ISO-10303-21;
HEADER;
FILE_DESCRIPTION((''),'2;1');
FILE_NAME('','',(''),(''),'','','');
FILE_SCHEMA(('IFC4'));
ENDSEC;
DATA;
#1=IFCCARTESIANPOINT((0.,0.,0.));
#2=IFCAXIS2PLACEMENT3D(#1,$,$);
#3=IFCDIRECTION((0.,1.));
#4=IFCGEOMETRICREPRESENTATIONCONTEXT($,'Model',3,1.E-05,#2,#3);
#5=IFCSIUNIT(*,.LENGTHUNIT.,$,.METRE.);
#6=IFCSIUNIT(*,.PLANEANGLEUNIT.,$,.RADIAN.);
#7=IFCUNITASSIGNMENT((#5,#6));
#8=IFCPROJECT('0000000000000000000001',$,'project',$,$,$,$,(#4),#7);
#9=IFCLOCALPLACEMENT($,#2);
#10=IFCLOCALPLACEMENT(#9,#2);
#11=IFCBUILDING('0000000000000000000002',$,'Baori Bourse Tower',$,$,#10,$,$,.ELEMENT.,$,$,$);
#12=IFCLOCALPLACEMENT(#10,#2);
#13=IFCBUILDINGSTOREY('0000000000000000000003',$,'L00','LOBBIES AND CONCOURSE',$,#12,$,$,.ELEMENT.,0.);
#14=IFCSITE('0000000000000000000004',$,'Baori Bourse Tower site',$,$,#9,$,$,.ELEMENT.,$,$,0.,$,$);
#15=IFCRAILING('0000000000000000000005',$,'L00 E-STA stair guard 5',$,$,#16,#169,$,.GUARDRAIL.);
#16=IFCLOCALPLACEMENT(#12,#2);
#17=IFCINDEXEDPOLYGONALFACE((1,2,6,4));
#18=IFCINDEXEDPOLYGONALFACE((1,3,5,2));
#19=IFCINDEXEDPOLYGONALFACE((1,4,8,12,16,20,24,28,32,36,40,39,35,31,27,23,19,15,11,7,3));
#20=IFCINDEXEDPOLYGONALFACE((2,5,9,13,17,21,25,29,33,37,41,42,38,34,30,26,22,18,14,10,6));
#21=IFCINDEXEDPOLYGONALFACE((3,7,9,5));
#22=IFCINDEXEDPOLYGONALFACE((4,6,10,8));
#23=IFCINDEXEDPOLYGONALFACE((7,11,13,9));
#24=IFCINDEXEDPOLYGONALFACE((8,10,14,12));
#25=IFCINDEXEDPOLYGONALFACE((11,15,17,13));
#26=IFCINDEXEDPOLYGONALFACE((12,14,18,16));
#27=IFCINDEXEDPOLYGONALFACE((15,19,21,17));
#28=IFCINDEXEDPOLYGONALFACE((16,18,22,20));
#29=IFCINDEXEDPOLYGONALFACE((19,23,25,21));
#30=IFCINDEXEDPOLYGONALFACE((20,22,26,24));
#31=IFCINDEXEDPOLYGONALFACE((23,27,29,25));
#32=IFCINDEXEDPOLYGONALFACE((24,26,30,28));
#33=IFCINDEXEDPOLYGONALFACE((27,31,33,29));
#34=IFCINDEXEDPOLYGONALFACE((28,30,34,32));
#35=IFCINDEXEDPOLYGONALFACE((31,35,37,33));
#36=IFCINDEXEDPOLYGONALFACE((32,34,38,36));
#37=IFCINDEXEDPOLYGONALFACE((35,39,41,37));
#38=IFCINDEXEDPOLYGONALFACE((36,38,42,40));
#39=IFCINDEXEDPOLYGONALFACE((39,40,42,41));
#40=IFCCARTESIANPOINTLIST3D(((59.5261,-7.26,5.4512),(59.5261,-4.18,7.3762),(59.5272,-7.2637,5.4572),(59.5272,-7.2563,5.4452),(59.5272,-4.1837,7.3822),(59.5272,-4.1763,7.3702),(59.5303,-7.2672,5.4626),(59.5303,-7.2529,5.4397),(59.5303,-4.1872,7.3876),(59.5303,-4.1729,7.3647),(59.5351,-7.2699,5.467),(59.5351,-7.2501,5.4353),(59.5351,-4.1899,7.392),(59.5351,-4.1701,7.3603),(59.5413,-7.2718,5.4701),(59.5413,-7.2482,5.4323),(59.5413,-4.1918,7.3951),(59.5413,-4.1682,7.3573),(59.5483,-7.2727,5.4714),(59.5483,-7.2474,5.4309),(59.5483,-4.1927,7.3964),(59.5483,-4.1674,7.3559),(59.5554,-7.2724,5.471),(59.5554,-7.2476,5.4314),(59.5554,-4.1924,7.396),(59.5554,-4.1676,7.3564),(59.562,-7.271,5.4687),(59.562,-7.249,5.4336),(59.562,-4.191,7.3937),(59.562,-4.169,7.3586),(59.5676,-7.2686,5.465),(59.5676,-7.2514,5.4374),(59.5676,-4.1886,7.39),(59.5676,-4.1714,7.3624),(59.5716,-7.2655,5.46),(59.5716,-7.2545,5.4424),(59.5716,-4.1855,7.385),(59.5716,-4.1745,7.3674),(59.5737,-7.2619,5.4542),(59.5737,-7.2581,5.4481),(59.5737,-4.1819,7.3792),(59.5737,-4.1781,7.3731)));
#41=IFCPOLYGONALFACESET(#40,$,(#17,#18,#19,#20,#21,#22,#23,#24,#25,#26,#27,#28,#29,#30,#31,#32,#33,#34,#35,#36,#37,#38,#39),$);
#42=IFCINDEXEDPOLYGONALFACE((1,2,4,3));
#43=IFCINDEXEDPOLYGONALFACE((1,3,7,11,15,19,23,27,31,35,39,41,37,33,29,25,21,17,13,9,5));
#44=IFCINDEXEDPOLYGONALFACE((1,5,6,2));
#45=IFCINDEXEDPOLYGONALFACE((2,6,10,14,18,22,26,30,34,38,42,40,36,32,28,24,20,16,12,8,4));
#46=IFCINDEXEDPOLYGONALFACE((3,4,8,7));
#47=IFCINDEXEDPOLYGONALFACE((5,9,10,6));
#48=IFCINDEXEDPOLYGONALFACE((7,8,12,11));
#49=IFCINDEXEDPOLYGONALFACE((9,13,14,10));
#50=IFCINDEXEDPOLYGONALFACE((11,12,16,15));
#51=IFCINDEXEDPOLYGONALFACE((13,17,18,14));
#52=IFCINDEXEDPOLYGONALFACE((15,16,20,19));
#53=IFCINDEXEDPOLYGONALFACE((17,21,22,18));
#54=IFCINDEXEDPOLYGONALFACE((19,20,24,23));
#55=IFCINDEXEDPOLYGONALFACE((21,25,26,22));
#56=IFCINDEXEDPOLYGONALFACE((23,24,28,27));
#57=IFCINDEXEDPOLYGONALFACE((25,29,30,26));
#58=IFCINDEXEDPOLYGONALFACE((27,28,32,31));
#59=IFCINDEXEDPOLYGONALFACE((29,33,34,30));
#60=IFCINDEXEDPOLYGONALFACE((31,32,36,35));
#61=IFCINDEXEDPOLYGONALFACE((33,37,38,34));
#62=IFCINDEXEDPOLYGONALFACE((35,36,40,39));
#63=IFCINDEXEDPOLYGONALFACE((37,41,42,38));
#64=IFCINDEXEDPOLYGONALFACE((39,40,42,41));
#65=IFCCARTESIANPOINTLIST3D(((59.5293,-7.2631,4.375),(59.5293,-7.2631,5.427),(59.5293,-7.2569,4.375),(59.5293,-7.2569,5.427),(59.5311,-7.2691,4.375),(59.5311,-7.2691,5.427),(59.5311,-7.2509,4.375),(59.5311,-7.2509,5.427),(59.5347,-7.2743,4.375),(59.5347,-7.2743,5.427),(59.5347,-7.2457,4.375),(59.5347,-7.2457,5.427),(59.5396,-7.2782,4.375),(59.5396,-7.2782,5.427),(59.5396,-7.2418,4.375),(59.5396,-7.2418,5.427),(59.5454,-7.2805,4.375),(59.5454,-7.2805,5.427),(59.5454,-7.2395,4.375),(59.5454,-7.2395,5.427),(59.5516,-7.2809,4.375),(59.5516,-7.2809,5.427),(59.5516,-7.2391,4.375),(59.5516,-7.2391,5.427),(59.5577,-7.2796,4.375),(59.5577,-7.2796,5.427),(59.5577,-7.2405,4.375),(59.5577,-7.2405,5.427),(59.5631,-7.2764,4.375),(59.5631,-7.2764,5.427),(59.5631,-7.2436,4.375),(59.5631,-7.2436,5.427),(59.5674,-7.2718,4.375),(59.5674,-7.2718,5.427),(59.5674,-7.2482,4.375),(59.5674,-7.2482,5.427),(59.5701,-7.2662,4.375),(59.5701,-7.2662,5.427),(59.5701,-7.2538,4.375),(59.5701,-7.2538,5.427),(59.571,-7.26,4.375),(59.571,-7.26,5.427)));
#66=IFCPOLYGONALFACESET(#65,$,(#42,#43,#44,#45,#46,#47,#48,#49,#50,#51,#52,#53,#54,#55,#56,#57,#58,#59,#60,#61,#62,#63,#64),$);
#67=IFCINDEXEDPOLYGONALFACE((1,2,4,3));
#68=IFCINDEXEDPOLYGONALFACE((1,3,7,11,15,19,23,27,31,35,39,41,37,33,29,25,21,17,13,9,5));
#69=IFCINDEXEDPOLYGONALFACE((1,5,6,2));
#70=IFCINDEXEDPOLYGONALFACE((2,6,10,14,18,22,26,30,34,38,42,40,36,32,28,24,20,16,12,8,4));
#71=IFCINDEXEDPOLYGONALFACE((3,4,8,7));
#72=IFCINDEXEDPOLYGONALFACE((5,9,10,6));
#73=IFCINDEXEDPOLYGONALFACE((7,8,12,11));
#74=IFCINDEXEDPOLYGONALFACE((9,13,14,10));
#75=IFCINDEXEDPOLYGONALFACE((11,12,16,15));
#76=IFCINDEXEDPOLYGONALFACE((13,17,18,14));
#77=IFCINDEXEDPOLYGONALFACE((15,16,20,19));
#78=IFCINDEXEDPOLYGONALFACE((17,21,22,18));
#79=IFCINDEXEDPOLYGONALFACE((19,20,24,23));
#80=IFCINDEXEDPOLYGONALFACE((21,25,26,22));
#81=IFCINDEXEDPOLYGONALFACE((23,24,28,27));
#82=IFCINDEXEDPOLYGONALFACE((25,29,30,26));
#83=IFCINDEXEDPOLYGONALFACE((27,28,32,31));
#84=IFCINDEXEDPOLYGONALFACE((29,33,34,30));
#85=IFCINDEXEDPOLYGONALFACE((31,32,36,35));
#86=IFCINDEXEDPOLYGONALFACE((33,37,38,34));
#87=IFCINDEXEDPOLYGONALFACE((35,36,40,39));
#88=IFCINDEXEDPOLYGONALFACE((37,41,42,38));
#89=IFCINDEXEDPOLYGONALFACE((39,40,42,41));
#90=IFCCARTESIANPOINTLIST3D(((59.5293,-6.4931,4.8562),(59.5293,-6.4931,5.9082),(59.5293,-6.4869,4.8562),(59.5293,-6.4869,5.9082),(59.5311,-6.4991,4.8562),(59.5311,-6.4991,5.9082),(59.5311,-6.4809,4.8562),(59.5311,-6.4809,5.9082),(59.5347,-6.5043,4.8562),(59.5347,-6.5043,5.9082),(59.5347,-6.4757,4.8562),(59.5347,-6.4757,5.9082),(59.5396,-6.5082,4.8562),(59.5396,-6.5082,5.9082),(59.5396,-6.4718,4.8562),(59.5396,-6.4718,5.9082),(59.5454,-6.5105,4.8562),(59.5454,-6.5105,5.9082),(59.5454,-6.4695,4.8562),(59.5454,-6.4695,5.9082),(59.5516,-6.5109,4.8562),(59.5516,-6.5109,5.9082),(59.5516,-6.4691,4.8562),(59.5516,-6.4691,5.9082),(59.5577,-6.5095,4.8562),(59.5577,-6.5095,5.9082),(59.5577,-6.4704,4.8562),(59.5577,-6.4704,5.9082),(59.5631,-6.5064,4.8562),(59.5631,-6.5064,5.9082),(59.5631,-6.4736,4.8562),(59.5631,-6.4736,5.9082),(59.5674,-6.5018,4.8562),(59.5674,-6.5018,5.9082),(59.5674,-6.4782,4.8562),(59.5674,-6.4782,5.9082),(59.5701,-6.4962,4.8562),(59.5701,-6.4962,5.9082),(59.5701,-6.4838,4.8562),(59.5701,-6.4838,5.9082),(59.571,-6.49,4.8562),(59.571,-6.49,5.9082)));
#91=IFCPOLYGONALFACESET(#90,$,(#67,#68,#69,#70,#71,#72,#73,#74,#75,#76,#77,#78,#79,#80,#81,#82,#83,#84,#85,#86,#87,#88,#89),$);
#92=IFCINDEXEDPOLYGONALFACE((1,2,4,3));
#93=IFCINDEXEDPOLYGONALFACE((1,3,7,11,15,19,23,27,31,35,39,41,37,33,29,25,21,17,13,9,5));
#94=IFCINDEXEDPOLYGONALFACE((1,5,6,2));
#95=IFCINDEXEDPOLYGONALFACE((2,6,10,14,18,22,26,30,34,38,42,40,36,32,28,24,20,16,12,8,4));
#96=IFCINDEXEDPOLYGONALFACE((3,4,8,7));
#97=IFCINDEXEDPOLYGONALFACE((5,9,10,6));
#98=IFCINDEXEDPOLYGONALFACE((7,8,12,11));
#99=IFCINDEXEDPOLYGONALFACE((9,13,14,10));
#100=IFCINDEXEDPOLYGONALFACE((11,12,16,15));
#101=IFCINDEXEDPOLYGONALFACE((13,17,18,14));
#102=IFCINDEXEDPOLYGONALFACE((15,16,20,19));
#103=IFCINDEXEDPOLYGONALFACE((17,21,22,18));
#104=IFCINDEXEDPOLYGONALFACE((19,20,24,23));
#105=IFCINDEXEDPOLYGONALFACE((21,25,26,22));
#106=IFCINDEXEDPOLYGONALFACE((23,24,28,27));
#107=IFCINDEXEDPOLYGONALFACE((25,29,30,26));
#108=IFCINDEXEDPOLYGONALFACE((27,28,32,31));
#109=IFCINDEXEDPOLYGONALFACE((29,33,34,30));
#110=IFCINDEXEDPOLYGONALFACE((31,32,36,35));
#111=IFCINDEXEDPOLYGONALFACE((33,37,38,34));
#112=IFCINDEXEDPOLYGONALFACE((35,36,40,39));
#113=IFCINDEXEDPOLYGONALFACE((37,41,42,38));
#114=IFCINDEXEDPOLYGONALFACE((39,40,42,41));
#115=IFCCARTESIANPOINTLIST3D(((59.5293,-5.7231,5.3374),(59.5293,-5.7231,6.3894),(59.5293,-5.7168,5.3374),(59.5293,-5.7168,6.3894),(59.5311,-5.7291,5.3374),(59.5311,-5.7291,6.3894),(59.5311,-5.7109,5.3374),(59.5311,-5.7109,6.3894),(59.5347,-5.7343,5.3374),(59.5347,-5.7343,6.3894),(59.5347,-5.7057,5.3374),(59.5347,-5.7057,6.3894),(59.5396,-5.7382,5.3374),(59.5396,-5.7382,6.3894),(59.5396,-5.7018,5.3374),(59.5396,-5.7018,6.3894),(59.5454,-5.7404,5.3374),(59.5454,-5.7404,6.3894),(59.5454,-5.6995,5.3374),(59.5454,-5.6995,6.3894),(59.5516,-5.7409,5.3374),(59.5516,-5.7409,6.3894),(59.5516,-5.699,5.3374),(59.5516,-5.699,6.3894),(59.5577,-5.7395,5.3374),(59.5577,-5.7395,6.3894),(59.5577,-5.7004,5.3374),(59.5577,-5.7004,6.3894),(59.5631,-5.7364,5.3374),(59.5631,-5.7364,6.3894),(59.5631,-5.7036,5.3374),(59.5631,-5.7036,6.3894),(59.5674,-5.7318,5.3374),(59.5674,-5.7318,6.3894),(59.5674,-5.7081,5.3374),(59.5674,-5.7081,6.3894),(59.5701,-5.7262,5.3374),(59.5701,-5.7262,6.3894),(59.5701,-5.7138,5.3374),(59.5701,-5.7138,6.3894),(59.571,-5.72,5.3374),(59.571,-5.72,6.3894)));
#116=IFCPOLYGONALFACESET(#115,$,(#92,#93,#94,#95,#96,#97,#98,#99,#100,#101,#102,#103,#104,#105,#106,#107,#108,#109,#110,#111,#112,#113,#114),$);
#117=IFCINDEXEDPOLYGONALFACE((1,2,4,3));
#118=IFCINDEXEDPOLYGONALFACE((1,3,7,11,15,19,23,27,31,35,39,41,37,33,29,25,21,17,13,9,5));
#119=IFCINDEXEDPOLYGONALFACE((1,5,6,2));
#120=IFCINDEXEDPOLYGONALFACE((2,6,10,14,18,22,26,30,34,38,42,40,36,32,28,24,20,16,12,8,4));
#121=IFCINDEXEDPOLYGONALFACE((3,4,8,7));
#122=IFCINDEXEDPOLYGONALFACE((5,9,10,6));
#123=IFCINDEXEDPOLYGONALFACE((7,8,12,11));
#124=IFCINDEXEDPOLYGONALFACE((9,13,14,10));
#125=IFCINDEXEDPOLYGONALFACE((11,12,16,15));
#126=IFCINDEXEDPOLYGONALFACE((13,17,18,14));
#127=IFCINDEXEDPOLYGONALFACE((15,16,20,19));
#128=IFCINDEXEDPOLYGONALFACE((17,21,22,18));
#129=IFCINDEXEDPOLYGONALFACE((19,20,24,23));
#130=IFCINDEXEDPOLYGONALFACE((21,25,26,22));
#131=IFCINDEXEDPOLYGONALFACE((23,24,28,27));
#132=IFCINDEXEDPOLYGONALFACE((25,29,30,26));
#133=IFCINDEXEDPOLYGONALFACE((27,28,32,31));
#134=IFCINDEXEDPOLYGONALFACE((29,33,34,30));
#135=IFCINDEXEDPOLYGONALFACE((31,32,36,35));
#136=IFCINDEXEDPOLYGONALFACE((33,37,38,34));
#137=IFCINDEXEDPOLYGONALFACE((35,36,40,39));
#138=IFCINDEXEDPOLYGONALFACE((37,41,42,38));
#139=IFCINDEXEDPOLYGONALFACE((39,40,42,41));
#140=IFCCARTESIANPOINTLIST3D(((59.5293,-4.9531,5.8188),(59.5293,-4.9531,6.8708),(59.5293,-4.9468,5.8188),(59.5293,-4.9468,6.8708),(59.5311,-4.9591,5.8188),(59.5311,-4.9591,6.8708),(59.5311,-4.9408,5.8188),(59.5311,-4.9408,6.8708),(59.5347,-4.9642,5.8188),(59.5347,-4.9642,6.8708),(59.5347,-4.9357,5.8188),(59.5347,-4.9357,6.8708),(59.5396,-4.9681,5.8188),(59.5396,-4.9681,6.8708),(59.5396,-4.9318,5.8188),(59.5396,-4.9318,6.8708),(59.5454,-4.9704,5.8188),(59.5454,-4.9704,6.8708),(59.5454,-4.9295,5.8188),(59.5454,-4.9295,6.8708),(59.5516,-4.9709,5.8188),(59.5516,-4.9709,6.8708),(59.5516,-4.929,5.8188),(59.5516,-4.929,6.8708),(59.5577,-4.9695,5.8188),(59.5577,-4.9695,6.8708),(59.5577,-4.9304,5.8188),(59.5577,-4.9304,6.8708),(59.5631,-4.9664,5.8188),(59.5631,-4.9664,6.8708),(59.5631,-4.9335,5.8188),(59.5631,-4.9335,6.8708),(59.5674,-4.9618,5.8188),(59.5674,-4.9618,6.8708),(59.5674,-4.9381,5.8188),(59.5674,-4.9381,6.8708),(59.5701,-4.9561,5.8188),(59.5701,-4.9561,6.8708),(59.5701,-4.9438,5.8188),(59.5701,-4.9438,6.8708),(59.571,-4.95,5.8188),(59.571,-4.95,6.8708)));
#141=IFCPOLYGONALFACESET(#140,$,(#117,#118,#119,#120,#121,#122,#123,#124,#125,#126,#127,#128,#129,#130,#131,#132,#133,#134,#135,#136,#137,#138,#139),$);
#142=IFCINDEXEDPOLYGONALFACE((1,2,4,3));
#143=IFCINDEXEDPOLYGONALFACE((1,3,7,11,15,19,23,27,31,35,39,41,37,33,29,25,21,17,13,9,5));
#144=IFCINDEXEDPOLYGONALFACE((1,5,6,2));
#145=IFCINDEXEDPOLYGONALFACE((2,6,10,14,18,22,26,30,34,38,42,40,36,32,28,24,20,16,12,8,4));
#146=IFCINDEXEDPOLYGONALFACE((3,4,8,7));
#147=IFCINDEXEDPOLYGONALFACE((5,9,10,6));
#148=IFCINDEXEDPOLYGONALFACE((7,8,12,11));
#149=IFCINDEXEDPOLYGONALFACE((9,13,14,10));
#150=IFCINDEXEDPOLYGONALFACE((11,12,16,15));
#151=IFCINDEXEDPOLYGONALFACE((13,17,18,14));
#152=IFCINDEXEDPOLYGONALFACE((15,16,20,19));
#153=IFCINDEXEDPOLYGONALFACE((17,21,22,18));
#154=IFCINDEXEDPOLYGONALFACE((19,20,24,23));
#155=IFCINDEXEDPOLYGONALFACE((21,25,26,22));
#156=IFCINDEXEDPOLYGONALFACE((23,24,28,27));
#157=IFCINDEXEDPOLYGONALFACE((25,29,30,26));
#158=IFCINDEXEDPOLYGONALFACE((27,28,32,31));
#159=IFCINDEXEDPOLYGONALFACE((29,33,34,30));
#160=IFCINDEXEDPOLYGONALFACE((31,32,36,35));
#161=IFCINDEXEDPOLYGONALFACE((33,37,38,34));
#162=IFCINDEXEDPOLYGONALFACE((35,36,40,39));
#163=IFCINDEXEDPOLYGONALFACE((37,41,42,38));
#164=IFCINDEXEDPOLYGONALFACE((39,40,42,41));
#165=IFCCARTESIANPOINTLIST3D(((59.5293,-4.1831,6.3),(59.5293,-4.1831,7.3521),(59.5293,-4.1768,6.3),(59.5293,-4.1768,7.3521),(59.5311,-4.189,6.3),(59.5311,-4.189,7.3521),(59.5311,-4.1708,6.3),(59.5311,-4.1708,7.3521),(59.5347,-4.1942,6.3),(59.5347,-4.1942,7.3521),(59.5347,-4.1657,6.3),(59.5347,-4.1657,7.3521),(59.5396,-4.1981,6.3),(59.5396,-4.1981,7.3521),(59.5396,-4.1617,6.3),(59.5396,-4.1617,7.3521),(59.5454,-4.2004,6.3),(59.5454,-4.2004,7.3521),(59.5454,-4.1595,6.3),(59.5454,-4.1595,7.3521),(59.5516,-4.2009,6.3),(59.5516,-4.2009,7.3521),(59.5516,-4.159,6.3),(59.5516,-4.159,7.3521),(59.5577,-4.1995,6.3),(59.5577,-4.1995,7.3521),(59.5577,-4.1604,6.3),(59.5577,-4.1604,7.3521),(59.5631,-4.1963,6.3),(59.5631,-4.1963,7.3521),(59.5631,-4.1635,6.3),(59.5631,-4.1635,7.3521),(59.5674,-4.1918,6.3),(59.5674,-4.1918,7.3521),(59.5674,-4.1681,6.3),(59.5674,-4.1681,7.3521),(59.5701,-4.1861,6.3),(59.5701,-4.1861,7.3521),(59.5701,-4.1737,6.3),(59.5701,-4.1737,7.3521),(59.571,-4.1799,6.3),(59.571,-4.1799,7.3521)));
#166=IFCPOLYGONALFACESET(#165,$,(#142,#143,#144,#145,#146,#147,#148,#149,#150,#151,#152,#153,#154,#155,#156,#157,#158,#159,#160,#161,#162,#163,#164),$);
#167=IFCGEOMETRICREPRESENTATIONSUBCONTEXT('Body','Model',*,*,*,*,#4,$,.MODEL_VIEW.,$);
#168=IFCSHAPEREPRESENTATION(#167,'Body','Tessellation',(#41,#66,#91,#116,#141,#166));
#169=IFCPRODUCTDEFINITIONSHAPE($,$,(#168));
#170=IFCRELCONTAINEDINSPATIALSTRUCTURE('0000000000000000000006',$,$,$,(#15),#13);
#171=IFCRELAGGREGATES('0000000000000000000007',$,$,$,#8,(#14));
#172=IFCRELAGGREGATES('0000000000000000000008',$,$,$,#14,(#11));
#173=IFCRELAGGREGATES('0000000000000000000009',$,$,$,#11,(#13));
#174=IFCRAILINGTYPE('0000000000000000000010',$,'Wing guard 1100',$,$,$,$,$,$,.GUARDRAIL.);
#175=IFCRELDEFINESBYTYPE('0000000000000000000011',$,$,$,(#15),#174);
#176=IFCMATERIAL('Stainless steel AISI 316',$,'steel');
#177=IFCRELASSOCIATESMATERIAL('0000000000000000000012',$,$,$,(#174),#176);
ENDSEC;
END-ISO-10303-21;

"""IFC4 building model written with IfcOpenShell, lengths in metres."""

from ifc_helpers import new_model, si_unit, direction, frame, origin, origin_2d, place, context, subcontext, project, spatial, circle, extrude, material, type_object, element, save


model = new_model("IFC4")

# Units and contexts
model_context = context("Model", 3, precision=1e-05, world=origin(), true_north=direction((0.0, 1.0)))
body_context = subcontext(model_context, "Body", "Model", "MODEL_VIEW")
ifc_project = project(units=[si_unit("LENGTHUNIT", "METRE"), si_unit("PLANEANGLEUNIT", "RADIAN")], contexts=[model_context])

# Site, building, storey
site_placement = place(None, origin())
site = spatial("IfcSite", under=ifc_project, at=site_placement, Name="Baori Bourse Tower site", CompositionType="ELEMENT", RefElevation=0.0)
building_placement = place(site_placement, origin())
building = spatial("IfcBuilding", under=site, at=building_placement, Name="Baori Bourse Tower", CompositionType="ELEMENT")
storey_placement = place(building_placement, origin())
storey = spatial("IfcBuildingStorey", under=building, at=storey_placement, Name="L00", Description="LOBBIES AND CONCOURSE", CompositionType="ELEMENT", Elevation=0.0)

# Railing
ifc_material_1 = material(Name="Stainless steel AISI 316", Category="steel")
railing_type_1 = type_object("IfcRailingType", Name="Wing guard 1100", PredefinedType="GUARDRAIL", material=ifc_material_1)
railing_1_placement = place(storey_placement, frame((59.55, -7.26, 4.375)))
element("IfcRailing", 1, at=railing_1_placement, inside=storey, type_object=railing_type_1, Name="L00 E-STA stair guard 5", PredefinedType="GUARDRAIL", context=body_context, shape_type="SweptSolid", body=[
    extrude(circle(Radius=0.0239, at=origin_2d()), frame((0.0, 0.0, 1.0762), z_axis=(0.0, 0.847998, 0.529999), x_axis=(-1.0, 0.0, 0.0)), (0.0, 0.0, 1.0), 3.6321),
    extrude(circle(Radius=0.021, at=origin_2d()), origin(), (0.0, 0.0, 1.0), 1.052),
    extrude(circle(Radius=0.021, at=origin_2d()), frame((0.0, 0.77, 0.4812)), (0.0, 0.0, 1.0), 1.052),
    extrude(circle(Radius=0.021, at=origin_2d()), frame((0.0, 1.54, 0.9624)), (0.0, 0.0, 1.0), 1.052),
    extrude(circle(Radius=0.021, at=origin_2d()), frame((0.0, 2.3101, 1.4438)), (0.0, 0.0, 1.0), 1.052),
    extrude(circle(Radius=0.021, at=origin_2d()), frame((0.0, 3.0801, 1.925)), (0.0, 0.0, 1.0), 1.052),
])

save(model, "model.ifc")
